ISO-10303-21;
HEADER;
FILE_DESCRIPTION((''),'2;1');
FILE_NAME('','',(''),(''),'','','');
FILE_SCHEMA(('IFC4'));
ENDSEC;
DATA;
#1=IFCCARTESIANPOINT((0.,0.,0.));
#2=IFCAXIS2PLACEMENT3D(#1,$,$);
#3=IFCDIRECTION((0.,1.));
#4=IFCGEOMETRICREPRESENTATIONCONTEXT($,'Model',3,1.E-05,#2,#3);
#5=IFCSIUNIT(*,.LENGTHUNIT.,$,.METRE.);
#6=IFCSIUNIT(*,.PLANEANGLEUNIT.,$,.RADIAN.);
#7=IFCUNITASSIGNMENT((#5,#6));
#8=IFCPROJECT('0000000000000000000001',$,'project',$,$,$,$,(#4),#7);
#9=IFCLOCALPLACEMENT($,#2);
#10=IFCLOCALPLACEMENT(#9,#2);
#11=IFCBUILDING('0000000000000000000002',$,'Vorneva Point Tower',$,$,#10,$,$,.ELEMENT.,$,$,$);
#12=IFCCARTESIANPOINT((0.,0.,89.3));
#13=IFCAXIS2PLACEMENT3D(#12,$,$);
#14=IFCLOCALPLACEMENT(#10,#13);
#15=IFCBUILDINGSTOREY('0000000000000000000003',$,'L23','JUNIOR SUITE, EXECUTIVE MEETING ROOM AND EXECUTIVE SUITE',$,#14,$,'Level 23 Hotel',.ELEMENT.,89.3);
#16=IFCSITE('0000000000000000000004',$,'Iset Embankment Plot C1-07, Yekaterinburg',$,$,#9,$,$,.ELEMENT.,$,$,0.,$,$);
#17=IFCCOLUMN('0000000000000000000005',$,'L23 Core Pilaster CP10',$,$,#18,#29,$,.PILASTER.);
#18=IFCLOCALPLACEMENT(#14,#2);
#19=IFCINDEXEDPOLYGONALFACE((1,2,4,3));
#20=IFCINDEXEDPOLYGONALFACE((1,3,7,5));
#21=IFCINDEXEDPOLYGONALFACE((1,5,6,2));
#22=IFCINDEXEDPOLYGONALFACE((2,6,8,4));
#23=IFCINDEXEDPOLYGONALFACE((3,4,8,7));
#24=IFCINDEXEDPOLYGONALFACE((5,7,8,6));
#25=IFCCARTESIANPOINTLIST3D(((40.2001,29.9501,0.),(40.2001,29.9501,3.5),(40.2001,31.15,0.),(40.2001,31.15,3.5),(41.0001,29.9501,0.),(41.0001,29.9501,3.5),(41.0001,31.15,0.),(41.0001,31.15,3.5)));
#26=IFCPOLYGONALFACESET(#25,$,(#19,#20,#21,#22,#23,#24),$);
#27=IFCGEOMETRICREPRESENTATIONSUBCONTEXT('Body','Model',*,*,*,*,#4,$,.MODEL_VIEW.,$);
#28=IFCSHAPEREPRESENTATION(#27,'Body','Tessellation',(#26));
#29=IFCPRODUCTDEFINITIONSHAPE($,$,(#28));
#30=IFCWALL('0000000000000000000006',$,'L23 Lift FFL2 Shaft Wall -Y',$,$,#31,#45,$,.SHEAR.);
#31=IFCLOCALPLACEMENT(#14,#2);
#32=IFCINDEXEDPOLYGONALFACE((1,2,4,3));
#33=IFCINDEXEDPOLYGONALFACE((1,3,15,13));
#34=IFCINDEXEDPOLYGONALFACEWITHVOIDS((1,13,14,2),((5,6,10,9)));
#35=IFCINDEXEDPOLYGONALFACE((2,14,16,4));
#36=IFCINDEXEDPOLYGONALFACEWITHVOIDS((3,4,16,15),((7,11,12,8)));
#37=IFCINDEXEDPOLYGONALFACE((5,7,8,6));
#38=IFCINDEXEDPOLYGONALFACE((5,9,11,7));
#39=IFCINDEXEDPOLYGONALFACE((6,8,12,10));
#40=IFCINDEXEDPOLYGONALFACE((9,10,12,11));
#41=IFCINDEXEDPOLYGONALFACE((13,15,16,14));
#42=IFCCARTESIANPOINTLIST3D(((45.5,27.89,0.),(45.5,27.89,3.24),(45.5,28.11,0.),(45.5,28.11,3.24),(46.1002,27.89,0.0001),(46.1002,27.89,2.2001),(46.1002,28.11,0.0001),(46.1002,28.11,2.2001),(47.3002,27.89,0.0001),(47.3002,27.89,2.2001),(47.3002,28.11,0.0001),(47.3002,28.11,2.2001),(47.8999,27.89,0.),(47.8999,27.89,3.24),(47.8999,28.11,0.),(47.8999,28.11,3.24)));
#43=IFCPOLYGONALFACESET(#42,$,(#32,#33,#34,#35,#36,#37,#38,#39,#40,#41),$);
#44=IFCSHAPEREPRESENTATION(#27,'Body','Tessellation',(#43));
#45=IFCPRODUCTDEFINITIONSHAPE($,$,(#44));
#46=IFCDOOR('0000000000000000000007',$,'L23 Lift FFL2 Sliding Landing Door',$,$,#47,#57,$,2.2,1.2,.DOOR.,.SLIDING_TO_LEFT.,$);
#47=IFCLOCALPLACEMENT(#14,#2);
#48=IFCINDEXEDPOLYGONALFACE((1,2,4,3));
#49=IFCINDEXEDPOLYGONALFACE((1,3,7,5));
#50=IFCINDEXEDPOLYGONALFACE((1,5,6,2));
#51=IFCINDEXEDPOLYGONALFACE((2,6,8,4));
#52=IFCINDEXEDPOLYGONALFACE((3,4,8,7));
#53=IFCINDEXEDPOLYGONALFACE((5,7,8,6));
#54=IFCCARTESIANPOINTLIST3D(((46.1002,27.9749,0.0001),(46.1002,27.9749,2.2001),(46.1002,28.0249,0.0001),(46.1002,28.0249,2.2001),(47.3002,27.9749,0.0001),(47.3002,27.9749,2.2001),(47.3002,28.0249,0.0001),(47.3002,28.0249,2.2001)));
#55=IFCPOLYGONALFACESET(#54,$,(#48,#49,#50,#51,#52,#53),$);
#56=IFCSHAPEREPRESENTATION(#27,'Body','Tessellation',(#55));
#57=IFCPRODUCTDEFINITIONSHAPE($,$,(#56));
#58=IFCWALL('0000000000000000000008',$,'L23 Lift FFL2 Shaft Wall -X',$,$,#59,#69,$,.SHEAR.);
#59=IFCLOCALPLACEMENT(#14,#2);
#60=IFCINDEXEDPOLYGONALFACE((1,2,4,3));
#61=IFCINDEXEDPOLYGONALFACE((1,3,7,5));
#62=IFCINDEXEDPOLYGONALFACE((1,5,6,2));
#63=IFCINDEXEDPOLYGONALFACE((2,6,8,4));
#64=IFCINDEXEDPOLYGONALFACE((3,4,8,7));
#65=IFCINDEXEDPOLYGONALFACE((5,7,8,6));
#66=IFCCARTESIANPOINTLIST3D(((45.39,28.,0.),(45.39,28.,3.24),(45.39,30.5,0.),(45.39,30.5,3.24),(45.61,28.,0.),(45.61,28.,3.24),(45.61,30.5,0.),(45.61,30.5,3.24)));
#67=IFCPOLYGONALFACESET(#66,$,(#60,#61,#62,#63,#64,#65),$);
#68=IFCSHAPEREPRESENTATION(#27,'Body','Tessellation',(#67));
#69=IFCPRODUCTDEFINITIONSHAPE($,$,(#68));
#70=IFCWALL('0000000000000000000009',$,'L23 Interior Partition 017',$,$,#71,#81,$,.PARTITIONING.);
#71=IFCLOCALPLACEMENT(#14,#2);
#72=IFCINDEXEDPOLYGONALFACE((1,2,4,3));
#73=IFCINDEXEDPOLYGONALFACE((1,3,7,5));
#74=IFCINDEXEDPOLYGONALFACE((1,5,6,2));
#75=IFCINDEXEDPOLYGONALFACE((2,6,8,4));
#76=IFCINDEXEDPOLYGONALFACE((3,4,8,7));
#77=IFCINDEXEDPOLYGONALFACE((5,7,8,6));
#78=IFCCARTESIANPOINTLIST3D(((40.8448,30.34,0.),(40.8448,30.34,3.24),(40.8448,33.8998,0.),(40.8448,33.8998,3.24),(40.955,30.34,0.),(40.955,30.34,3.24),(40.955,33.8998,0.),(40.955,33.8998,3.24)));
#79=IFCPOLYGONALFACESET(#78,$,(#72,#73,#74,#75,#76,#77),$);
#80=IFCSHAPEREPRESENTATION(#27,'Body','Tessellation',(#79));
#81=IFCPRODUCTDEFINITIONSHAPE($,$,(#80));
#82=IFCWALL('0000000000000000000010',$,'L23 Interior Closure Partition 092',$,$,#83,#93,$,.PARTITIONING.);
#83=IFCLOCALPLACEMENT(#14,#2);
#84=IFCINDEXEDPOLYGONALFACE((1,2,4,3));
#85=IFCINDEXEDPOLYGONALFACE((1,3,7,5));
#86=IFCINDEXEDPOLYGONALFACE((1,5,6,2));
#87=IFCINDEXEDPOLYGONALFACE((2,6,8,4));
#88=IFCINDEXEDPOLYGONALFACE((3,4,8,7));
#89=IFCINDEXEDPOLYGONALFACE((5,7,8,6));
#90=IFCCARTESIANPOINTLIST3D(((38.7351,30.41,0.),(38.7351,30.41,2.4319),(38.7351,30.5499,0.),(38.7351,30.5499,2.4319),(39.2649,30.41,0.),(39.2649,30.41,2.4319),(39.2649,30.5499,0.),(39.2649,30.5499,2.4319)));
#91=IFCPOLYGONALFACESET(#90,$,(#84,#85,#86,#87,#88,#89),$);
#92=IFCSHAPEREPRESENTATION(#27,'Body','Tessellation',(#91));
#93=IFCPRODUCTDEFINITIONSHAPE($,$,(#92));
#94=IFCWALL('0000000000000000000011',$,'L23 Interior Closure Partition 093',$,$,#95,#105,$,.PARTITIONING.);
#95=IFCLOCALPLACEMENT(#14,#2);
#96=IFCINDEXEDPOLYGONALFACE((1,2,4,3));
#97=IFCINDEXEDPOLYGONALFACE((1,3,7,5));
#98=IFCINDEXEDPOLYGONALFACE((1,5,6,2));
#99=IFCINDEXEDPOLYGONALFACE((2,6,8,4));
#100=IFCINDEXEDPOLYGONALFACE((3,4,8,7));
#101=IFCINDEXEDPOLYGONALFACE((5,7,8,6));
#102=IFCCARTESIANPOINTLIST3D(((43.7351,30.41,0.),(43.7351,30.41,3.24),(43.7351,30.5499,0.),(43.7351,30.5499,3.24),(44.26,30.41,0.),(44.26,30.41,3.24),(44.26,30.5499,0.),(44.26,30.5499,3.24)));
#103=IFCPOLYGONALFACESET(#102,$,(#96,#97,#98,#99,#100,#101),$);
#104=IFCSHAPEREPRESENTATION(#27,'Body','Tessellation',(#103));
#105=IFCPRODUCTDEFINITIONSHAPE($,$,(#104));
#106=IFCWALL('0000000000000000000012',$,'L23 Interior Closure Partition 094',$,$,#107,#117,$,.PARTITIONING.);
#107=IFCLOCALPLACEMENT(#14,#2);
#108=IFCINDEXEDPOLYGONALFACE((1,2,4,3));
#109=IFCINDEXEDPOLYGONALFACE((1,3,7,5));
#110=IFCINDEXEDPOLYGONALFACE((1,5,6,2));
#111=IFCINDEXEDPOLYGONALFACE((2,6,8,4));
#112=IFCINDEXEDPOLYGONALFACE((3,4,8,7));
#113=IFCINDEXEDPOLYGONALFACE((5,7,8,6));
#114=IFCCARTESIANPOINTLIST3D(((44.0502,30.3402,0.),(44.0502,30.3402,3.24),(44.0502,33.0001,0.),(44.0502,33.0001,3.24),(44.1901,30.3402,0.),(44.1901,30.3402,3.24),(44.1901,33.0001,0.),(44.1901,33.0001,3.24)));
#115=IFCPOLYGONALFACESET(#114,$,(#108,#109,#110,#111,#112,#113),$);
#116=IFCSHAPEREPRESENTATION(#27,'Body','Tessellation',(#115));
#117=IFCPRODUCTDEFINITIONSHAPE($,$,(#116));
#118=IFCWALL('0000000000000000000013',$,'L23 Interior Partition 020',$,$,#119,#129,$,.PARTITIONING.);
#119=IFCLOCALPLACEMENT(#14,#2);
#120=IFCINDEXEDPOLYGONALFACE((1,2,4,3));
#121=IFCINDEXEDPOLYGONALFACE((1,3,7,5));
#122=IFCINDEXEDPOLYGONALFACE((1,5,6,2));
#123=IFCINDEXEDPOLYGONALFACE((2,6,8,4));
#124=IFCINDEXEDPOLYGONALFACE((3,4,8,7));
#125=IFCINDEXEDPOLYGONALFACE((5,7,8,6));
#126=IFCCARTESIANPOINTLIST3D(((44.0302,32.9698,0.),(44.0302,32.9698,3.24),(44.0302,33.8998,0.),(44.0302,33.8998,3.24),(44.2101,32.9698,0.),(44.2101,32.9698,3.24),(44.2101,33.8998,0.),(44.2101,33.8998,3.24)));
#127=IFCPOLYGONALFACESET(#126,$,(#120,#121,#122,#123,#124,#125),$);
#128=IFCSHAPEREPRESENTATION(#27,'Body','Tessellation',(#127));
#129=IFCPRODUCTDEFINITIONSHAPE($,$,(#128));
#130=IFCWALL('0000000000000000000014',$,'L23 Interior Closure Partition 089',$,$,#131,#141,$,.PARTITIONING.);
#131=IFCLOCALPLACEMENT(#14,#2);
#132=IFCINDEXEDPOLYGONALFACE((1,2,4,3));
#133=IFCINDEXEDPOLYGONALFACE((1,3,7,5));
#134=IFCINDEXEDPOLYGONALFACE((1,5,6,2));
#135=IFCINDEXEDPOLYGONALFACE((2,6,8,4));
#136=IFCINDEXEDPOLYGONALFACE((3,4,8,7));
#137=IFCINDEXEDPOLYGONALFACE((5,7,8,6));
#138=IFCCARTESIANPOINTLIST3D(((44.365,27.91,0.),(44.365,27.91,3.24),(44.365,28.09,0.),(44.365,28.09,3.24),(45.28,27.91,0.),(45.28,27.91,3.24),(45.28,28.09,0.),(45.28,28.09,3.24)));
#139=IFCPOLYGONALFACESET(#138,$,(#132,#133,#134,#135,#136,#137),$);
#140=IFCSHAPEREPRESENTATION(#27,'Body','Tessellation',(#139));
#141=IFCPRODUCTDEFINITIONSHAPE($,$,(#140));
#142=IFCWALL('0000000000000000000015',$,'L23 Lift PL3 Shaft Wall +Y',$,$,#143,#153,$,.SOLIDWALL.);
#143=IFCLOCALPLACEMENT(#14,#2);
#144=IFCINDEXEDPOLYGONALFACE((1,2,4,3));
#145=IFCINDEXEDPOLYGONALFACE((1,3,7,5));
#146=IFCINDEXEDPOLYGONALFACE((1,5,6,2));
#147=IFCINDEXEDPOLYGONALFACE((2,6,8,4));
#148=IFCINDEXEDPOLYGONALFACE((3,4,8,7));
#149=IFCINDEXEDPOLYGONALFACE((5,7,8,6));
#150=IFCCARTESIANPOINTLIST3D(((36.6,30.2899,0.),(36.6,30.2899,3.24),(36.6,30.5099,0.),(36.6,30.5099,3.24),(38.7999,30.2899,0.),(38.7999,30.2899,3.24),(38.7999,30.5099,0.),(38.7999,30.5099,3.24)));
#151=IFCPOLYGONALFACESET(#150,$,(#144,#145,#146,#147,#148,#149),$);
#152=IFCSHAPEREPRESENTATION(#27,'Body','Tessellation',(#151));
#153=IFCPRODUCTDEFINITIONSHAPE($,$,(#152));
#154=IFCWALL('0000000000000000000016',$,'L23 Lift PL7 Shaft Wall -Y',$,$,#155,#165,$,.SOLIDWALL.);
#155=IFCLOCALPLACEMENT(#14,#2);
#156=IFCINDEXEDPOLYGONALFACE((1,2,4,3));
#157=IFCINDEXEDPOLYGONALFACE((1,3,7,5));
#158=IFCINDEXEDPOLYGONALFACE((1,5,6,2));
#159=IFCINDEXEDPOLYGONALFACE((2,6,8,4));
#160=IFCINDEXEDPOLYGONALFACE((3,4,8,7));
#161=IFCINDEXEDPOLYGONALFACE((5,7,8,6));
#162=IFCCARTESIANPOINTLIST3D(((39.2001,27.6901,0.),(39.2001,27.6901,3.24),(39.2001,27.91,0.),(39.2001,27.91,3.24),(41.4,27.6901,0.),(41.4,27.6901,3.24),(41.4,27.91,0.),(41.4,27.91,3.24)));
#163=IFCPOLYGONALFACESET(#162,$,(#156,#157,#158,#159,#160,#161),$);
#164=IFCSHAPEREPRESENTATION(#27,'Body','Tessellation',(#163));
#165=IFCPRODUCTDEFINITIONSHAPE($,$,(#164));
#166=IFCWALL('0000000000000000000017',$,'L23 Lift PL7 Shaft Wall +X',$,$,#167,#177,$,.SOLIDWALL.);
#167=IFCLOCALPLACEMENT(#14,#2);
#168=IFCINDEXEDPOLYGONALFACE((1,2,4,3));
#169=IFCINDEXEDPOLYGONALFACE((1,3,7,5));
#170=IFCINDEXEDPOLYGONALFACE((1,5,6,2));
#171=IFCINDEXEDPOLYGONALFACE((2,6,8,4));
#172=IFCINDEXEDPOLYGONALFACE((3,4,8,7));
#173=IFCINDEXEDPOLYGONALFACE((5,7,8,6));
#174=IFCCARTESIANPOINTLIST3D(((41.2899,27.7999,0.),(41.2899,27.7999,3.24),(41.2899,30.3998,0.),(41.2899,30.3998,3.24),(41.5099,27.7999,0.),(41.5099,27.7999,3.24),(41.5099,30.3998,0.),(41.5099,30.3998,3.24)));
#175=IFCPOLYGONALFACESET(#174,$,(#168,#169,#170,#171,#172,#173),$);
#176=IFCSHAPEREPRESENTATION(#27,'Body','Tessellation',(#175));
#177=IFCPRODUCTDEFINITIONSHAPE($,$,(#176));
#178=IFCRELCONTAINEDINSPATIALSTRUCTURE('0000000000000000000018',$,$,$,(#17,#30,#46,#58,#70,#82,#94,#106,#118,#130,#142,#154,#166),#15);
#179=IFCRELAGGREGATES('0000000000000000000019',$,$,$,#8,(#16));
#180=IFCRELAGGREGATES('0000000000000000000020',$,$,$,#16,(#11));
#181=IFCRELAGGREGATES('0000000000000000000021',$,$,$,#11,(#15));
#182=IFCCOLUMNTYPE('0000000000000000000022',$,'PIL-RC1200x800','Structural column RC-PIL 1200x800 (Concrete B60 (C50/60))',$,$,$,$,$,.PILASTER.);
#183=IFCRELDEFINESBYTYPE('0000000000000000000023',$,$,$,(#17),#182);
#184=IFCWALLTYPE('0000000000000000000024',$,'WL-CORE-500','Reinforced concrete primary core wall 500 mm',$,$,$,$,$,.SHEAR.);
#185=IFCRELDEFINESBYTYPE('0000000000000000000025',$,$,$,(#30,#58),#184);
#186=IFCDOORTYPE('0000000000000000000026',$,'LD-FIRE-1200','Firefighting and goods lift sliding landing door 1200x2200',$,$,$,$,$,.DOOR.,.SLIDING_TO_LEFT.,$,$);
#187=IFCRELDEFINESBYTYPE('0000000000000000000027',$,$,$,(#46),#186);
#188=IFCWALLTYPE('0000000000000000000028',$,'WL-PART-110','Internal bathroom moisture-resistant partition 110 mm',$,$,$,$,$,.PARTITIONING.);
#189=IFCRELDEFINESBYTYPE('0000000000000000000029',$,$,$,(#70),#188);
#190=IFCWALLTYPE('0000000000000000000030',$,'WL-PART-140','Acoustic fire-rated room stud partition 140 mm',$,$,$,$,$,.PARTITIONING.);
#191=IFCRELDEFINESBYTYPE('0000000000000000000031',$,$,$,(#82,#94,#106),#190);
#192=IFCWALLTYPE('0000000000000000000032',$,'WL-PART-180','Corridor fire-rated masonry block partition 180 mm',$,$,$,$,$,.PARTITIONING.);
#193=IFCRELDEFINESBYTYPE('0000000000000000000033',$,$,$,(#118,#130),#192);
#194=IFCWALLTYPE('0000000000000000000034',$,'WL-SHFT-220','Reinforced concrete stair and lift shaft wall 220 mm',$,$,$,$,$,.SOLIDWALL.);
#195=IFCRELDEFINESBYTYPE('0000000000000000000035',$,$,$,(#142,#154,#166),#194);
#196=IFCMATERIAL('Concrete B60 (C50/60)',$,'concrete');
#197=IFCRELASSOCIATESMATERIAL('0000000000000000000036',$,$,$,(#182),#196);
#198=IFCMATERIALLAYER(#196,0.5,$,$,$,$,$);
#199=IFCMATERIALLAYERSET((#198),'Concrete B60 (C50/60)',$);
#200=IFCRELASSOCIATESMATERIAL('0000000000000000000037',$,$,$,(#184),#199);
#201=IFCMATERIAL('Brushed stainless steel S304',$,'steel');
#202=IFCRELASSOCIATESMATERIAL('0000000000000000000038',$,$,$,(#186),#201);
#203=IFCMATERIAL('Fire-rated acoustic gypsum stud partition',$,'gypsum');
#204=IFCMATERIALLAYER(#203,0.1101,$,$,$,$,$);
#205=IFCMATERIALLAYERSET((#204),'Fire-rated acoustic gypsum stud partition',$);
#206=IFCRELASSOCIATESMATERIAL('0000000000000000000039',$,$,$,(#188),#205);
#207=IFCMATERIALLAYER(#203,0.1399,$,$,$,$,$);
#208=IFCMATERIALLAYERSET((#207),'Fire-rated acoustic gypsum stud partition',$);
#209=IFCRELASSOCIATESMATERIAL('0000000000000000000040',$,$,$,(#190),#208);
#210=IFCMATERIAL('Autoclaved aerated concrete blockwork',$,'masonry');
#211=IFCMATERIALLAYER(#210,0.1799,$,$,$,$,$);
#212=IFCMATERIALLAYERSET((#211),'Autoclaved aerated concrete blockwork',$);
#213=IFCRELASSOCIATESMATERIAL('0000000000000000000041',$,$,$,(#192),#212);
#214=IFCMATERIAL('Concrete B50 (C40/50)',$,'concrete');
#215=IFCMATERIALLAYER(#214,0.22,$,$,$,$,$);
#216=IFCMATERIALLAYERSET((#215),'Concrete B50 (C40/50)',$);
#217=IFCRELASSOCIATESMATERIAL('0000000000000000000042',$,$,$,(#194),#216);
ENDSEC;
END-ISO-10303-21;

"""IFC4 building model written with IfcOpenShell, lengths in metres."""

from ifc_helpers import new_model, si_unit, direction, frame, frame_2d, origin, origin_2d, place, context, subcontext, project, spatial, rectangle, extrude, material, layer, layer_set, material_profile, profile_set, type_object, element, fill, save


model = new_model("IFC4")

# Units and contexts
model_context = context("Model", 3, precision=1e-05, world=origin(), true_north=direction((0.0, 1.0)))
body_context = subcontext(model_context, "Body", "Model", "MODEL_VIEW")
ifc_project = project(units=[si_unit("LENGTHUNIT", "METRE"), si_unit("PLANEANGLEUNIT", "RADIAN")], contexts=[model_context])

# Site, building, storey
site_placement = place(None, origin())
site = spatial("IfcSite", under=ifc_project, at=site_placement, Name="Iset Embankment Plot C1-07, Yekaterinburg", CompositionType="ELEMENT", RefElevation=0.0)
building_placement = place(site_placement, origin())
building = spatial("IfcBuilding", under=site, at=building_placement, Name="Vorneva Point Tower", CompositionType="ELEMENT")
storey_placement = place(building_placement, frame((0.0, 0.0, 89.3)))
storey = spatial("IfcBuildingStorey", under=building, at=storey_placement, Name="L23", Description="JUNIOR SUITE, EXECUTIVE MEETING ROOM AND EXECUTIVE SUITE", LongName="Level 23 Hotel", CompositionType="ELEMENT", Elevation=89.3)

# Column
ifc_material_1 = material(Name="Concrete B60 (C50/60)", Category="concrete")
ifc_material_profile = material_profile(ifc_material_1, rectangle(XDim=0.8, YDim=1.2, at=origin_2d()), Name="RC-PIL 1200x800")
ifc_profile_set = profile_set([ifc_material_profile], Name="Concrete B60 (C50/60)")
column_type = type_object("IfcColumnType", Name="PIL-RC1200x800", Description="Structural column RC-PIL 1200x800 (Concrete B60 (C50/60))", PredefinedType="PILASTER", material=ifc_profile_set)
column_placement = place(storey_placement, frame((40.6001, 30.55, 0.0), z_axis=(0.0, 0.0, 1.0), x_axis=(1.0, 0.0, 0.0)))
element("IfcColumn", 1, at=column_placement, inside=storey, type_object=column_type, Name="L23 Core Pilaster CP10", PredefinedType="PILASTER", context=body_context, shape_type="SweptSolid", body=[
    extrude(rectangle(XDim=0.8, YDim=1.2, at=origin_2d()), origin(), (0.0, 0.0, 1.0), 3.5),
])

# Wall, opening, door
ifc_layer_1 = layer(ifc_material_1, 0.5)
ifc_layer_set_1 = layer_set([ifc_layer_1], Name="Concrete B60 (C50/60)")
wall_type_1 = type_object("IfcWallType", Name="WL-CORE-500", Description="Reinforced concrete primary core wall 500 mm", PredefinedType="SHEAR", material=ifc_layer_set_1)
wall_1_placement = place(storey_placement, frame((45.5, 28.0, 0.0), z_axis=(0.0, 0.0, 1.0), x_axis=(1.0, 0.0, 0.0)))
wall_1 = element("IfcWall", 2, at=wall_1_placement, inside=storey, type_object=wall_type_1, Name="L23 Lift FFL2 Shaft Wall -Y", PredefinedType="SHEAR", context=body_context, shape_type="SweptSolid", body=[
    extrude(rectangle(XDim=2.3999, YDim=0.22, at=frame_2d((1.2, 0.0))), origin(), (0.0, 0.0, 1.0), 3.24),
])
opening_1_placement = place(wall_1_placement, frame((0.6001, 0.0, 0.0)))
opening_1 = element("IfcOpeningElement", 3, at=opening_1_placement, cuts=wall_1, PredefinedType="OPENING", context=body_context, shape_type="SweptSolid", body=[
    extrude(rectangle(XDim=1.2, YDim=2.2, at=frame_2d((0.6001, 1.1001))), frame((0.0, 0.125, 0.0), z_axis=(0.0, -1.0, 0.0), x_axis=(1.0, 0.0, 0.0)), (0.0, 0.0, 1.0), 0.2498),
])
ifc_material_2 = material(Name="Brushed stainless steel S304", Category="steel")
door_type_1 = type_object("IfcDoorType", Name="LD-FIRE-1200", Description="Firefighting and goods lift sliding landing door 1200x2200", OperationType="SLIDING_TO_LEFT", PredefinedType="DOOR", material=ifc_material_2)
door_1_placement = place(opening_1_placement, origin())
door_1 = element("IfcDoor", 4, at=door_1_placement, inside=storey, type_object=door_type_1, Name="L23 Lift FFL2 Sliding Landing Door", OperationType="SLIDING_TO_LEFT", OverallHeight=2.2, OverallWidth=1.2, PredefinedType="DOOR", context=body_context, shape_type="SweptSolid", body=[
    extrude(rectangle(XDim=1.2, YDim=2.2, at=frame_2d((0.6001, 1.1001))), frame((0.0, 0.0249, 0.0), z_axis=(0.0, -1.0, 0.0), x_axis=(1.0, 0.0, 0.0)), (0.0, 0.0, 1.0), 0.05),
])
fill(opening_1, door_1)

# Walls
wall_2_placement = place(storey_placement, frame((45.5, 30.5, 0.0), z_axis=(0.0, 0.0, 1.0), x_axis=(0.0, -1.0, 0.0)))
element("IfcWall", 5, at=wall_2_placement, inside=storey, type_object=wall_type_1, Name="L23 Lift FFL2 Shaft Wall -X", PredefinedType="SHEAR", context=body_context, shape_type="SweptSolid", body=[
    extrude(rectangle(XDim=2.5, YDim=0.22, at=frame_2d((1.25, 0.0))), origin(), (0.0, 0.0, 1.0), 3.24),
])
ifc_material_3 = material(Name="Fire-rated acoustic gypsum stud partition", Category="gypsum")
ifc_layer_2 = layer(ifc_material_3, 0.1101)
ifc_layer_set_2 = layer_set([ifc_layer_2], Name="Fire-rated acoustic gypsum stud partition")
wall_type_2 = type_object("IfcWallType", Name="WL-PART-110", Description="Internal bathroom moisture-resistant partition 110 mm", PredefinedType="PARTITIONING", material=ifc_layer_set_2)
wall_3_placement = place(storey_placement, frame((40.8999, 30.3401, 0.0), z_axis=(0.0, 0.0, 1.0), x_axis=(0.0, 1.0, 0.0)))
element("IfcWall", 6, at=wall_3_placement, inside=storey, type_object=wall_type_2, Name="L23 Interior Partition 017", PredefinedType="PARTITIONING", context=body_context, shape_type="SweptSolid", body=[
    extrude(rectangle(XDim=3.5598, YDim=0.1101, at=frame_2d((1.7798, 0.0))), origin(), (0.0, 0.0, 1.0), 3.24),
])
ifc_layer_3 = layer(ifc_material_3, 0.1399)
ifc_layer_set_3 = layer_set([ifc_layer_3], Name="Fire-rated acoustic gypsum stud partition")
wall_type_3 = type_object("IfcWallType", Name="WL-PART-140", Description="Acoustic fire-rated room stud partition 140 mm", PredefinedType="PARTITIONING", material=ifc_layer_set_3)
wall_4_placement = place(storey_placement, frame((38.7351, 30.48, 0.0), z_axis=(0.0, 0.0, 1.0), x_axis=(1.0, 0.0, 0.0)))
element("IfcWall", 7, at=wall_4_placement, inside=storey, type_object=wall_type_3, Name="L23 Interior Closure Partition 092", PredefinedType="PARTITIONING", context=body_context, shape_type="SweptSolid", body=[
    extrude(rectangle(XDim=0.5298, YDim=0.1399, at=frame_2d((0.2649, 0.0))), origin(), (0.0, 0.0, 1.0), 2.4319),
])
wall_5_placement = place(storey_placement, frame((43.7351, 30.48, 0.0), z_axis=(0.0, 0.0, 1.0), x_axis=(1.0, 0.0, 0.0)))
element("IfcWall", 8, at=wall_5_placement, inside=storey, type_object=wall_type_3, Name="L23 Interior Closure Partition 093", PredefinedType="PARTITIONING", context=body_context, shape_type="SweptSolid", body=[
    extrude(rectangle(XDim=0.5249, YDim=0.1399, at=frame_2d((0.2625, 0.0))), origin(), (0.0, 0.0, 1.0), 3.24),
])
wall_6_placement = place(storey_placement, frame((44.1201, 30.3401, 0.0), z_axis=(0.0, 0.0, 1.0), x_axis=(0.0, 1.0, 0.0)))
element("IfcWall", 9, at=wall_6_placement, inside=storey, type_object=wall_type_3, Name="L23 Interior Closure Partition 094", PredefinedType="PARTITIONING", context=body_context, shape_type="SweptSolid", body=[
    extrude(rectangle(XDim=2.6599, YDim=0.1399, at=frame_2d((1.3301, 0.0))), origin(), (0.0, 0.0, 1.0), 3.24),
])

# Shared definitions
ifc_material_4 = material(Name="Autoclaved aerated concrete blockwork", Category="masonry")
ifc_layer_4 = layer(ifc_material_4, 0.1799)
ifc_layer_set_4 = layer_set([ifc_layer_4], Name="Autoclaved aerated concrete blockwork")
wall_type_4 = type_object("IfcWallType", Name="WL-PART-180", Description="Corridor fire-rated masonry block partition 180 mm", PredefinedType="PARTITIONING", material=ifc_layer_set_4)

# Walls
wall_7_placement = place(storey_placement, frame((44.1201, 32.97, 0.0), z_axis=(0.0, 0.0, 1.0), x_axis=(0.0, 1.0, 0.0)))
element("IfcWall", 10, at=wall_7_placement, inside=storey, type_object=wall_type_4, Name="L23 Interior Partition 020", PredefinedType="PARTITIONING", context=body_context, shape_type="SweptSolid", body=[
    extrude(rectangle(XDim=0.9299, YDim=0.1799, at=frame_2d((0.4648, 0.0))), origin(), (0.0, 0.0, 1.0), 3.24),
])
wall_8_placement = place(storey_placement, frame((45.28, 28.0, 0.0), z_axis=(0.0, 0.0, 1.0), x_axis=(-1.0, 0.0, 0.0)))
element("IfcWall", 11, at=wall_8_placement, inside=storey, type_object=wall_type_4, Name="L23 Interior Closure Partition 089", PredefinedType="PARTITIONING", context=body_context, shape_type="SweptSolid", body=[
    extrude(rectangle(XDim=0.915, YDim=0.1799, at=frame_2d((0.4575, 0.0))), origin(), (0.0, 0.0, 1.0), 3.24),
])
ifc_material_5 = material(Name="Concrete B50 (C40/50)", Category="concrete")
ifc_layer_5 = layer(ifc_material_5, 0.22)
ifc_layer_set_5 = layer_set([ifc_layer_5], Name="Concrete B50 (C40/50)")
wall_type_5 = type_object("IfcWallType", Name="WL-SHFT-220", Description="Reinforced concrete stair and lift shaft wall 220 mm", PredefinedType="SOLIDWALL", material=ifc_layer_set_5)
for number, where, z_axis, x_axis, name in (
    (12, (38.8, 30.3999, 0.0), (0.0, 0.0, 1.0), (-1.0, 0.0, 0.0), "L23 Lift PL3 Shaft Wall +Y"),
    (13, (39.2, 27.8, 0.0), (0.0, 0.0, 1.0), (1.0, 0.0, 0.0), "L23 Lift PL7 Shaft Wall -Y"),
):
    element("IfcWall", number, at=place(storey_placement, frame(where, z_axis=z_axis, x_axis=x_axis)), inside=storey, type_object=wall_type_5, Name=name, PredefinedType="SOLIDWALL", context=body_context, shape_type="SweptSolid", body=[
        extrude(rectangle(XDim=2.2, YDim=0.22, at=frame_2d((1.1001, 0.0))), origin(), (0.0, 0.0, 1.0), 3.24),
    ])
wall_9_placement = place(storey_placement, frame((41.3999, 27.8, 0.0), z_axis=(0.0, 0.0, 1.0), x_axis=(0.0, 1.0, 0.0)))
element("IfcWall", 14, at=wall_9_placement, inside=storey, type_object=wall_type_5, Name="L23 Lift PL7 Shaft Wall +X", PredefinedType="SOLIDWALL", context=body_context, shape_type="SweptSolid", body=[
    extrude(rectangle(XDim=2.5999, YDim=0.22, at=frame_2d((1.2998, 0.0))), origin(), (0.0, 0.0, 1.0), 3.24),
])

save(model, "model.ifc")
